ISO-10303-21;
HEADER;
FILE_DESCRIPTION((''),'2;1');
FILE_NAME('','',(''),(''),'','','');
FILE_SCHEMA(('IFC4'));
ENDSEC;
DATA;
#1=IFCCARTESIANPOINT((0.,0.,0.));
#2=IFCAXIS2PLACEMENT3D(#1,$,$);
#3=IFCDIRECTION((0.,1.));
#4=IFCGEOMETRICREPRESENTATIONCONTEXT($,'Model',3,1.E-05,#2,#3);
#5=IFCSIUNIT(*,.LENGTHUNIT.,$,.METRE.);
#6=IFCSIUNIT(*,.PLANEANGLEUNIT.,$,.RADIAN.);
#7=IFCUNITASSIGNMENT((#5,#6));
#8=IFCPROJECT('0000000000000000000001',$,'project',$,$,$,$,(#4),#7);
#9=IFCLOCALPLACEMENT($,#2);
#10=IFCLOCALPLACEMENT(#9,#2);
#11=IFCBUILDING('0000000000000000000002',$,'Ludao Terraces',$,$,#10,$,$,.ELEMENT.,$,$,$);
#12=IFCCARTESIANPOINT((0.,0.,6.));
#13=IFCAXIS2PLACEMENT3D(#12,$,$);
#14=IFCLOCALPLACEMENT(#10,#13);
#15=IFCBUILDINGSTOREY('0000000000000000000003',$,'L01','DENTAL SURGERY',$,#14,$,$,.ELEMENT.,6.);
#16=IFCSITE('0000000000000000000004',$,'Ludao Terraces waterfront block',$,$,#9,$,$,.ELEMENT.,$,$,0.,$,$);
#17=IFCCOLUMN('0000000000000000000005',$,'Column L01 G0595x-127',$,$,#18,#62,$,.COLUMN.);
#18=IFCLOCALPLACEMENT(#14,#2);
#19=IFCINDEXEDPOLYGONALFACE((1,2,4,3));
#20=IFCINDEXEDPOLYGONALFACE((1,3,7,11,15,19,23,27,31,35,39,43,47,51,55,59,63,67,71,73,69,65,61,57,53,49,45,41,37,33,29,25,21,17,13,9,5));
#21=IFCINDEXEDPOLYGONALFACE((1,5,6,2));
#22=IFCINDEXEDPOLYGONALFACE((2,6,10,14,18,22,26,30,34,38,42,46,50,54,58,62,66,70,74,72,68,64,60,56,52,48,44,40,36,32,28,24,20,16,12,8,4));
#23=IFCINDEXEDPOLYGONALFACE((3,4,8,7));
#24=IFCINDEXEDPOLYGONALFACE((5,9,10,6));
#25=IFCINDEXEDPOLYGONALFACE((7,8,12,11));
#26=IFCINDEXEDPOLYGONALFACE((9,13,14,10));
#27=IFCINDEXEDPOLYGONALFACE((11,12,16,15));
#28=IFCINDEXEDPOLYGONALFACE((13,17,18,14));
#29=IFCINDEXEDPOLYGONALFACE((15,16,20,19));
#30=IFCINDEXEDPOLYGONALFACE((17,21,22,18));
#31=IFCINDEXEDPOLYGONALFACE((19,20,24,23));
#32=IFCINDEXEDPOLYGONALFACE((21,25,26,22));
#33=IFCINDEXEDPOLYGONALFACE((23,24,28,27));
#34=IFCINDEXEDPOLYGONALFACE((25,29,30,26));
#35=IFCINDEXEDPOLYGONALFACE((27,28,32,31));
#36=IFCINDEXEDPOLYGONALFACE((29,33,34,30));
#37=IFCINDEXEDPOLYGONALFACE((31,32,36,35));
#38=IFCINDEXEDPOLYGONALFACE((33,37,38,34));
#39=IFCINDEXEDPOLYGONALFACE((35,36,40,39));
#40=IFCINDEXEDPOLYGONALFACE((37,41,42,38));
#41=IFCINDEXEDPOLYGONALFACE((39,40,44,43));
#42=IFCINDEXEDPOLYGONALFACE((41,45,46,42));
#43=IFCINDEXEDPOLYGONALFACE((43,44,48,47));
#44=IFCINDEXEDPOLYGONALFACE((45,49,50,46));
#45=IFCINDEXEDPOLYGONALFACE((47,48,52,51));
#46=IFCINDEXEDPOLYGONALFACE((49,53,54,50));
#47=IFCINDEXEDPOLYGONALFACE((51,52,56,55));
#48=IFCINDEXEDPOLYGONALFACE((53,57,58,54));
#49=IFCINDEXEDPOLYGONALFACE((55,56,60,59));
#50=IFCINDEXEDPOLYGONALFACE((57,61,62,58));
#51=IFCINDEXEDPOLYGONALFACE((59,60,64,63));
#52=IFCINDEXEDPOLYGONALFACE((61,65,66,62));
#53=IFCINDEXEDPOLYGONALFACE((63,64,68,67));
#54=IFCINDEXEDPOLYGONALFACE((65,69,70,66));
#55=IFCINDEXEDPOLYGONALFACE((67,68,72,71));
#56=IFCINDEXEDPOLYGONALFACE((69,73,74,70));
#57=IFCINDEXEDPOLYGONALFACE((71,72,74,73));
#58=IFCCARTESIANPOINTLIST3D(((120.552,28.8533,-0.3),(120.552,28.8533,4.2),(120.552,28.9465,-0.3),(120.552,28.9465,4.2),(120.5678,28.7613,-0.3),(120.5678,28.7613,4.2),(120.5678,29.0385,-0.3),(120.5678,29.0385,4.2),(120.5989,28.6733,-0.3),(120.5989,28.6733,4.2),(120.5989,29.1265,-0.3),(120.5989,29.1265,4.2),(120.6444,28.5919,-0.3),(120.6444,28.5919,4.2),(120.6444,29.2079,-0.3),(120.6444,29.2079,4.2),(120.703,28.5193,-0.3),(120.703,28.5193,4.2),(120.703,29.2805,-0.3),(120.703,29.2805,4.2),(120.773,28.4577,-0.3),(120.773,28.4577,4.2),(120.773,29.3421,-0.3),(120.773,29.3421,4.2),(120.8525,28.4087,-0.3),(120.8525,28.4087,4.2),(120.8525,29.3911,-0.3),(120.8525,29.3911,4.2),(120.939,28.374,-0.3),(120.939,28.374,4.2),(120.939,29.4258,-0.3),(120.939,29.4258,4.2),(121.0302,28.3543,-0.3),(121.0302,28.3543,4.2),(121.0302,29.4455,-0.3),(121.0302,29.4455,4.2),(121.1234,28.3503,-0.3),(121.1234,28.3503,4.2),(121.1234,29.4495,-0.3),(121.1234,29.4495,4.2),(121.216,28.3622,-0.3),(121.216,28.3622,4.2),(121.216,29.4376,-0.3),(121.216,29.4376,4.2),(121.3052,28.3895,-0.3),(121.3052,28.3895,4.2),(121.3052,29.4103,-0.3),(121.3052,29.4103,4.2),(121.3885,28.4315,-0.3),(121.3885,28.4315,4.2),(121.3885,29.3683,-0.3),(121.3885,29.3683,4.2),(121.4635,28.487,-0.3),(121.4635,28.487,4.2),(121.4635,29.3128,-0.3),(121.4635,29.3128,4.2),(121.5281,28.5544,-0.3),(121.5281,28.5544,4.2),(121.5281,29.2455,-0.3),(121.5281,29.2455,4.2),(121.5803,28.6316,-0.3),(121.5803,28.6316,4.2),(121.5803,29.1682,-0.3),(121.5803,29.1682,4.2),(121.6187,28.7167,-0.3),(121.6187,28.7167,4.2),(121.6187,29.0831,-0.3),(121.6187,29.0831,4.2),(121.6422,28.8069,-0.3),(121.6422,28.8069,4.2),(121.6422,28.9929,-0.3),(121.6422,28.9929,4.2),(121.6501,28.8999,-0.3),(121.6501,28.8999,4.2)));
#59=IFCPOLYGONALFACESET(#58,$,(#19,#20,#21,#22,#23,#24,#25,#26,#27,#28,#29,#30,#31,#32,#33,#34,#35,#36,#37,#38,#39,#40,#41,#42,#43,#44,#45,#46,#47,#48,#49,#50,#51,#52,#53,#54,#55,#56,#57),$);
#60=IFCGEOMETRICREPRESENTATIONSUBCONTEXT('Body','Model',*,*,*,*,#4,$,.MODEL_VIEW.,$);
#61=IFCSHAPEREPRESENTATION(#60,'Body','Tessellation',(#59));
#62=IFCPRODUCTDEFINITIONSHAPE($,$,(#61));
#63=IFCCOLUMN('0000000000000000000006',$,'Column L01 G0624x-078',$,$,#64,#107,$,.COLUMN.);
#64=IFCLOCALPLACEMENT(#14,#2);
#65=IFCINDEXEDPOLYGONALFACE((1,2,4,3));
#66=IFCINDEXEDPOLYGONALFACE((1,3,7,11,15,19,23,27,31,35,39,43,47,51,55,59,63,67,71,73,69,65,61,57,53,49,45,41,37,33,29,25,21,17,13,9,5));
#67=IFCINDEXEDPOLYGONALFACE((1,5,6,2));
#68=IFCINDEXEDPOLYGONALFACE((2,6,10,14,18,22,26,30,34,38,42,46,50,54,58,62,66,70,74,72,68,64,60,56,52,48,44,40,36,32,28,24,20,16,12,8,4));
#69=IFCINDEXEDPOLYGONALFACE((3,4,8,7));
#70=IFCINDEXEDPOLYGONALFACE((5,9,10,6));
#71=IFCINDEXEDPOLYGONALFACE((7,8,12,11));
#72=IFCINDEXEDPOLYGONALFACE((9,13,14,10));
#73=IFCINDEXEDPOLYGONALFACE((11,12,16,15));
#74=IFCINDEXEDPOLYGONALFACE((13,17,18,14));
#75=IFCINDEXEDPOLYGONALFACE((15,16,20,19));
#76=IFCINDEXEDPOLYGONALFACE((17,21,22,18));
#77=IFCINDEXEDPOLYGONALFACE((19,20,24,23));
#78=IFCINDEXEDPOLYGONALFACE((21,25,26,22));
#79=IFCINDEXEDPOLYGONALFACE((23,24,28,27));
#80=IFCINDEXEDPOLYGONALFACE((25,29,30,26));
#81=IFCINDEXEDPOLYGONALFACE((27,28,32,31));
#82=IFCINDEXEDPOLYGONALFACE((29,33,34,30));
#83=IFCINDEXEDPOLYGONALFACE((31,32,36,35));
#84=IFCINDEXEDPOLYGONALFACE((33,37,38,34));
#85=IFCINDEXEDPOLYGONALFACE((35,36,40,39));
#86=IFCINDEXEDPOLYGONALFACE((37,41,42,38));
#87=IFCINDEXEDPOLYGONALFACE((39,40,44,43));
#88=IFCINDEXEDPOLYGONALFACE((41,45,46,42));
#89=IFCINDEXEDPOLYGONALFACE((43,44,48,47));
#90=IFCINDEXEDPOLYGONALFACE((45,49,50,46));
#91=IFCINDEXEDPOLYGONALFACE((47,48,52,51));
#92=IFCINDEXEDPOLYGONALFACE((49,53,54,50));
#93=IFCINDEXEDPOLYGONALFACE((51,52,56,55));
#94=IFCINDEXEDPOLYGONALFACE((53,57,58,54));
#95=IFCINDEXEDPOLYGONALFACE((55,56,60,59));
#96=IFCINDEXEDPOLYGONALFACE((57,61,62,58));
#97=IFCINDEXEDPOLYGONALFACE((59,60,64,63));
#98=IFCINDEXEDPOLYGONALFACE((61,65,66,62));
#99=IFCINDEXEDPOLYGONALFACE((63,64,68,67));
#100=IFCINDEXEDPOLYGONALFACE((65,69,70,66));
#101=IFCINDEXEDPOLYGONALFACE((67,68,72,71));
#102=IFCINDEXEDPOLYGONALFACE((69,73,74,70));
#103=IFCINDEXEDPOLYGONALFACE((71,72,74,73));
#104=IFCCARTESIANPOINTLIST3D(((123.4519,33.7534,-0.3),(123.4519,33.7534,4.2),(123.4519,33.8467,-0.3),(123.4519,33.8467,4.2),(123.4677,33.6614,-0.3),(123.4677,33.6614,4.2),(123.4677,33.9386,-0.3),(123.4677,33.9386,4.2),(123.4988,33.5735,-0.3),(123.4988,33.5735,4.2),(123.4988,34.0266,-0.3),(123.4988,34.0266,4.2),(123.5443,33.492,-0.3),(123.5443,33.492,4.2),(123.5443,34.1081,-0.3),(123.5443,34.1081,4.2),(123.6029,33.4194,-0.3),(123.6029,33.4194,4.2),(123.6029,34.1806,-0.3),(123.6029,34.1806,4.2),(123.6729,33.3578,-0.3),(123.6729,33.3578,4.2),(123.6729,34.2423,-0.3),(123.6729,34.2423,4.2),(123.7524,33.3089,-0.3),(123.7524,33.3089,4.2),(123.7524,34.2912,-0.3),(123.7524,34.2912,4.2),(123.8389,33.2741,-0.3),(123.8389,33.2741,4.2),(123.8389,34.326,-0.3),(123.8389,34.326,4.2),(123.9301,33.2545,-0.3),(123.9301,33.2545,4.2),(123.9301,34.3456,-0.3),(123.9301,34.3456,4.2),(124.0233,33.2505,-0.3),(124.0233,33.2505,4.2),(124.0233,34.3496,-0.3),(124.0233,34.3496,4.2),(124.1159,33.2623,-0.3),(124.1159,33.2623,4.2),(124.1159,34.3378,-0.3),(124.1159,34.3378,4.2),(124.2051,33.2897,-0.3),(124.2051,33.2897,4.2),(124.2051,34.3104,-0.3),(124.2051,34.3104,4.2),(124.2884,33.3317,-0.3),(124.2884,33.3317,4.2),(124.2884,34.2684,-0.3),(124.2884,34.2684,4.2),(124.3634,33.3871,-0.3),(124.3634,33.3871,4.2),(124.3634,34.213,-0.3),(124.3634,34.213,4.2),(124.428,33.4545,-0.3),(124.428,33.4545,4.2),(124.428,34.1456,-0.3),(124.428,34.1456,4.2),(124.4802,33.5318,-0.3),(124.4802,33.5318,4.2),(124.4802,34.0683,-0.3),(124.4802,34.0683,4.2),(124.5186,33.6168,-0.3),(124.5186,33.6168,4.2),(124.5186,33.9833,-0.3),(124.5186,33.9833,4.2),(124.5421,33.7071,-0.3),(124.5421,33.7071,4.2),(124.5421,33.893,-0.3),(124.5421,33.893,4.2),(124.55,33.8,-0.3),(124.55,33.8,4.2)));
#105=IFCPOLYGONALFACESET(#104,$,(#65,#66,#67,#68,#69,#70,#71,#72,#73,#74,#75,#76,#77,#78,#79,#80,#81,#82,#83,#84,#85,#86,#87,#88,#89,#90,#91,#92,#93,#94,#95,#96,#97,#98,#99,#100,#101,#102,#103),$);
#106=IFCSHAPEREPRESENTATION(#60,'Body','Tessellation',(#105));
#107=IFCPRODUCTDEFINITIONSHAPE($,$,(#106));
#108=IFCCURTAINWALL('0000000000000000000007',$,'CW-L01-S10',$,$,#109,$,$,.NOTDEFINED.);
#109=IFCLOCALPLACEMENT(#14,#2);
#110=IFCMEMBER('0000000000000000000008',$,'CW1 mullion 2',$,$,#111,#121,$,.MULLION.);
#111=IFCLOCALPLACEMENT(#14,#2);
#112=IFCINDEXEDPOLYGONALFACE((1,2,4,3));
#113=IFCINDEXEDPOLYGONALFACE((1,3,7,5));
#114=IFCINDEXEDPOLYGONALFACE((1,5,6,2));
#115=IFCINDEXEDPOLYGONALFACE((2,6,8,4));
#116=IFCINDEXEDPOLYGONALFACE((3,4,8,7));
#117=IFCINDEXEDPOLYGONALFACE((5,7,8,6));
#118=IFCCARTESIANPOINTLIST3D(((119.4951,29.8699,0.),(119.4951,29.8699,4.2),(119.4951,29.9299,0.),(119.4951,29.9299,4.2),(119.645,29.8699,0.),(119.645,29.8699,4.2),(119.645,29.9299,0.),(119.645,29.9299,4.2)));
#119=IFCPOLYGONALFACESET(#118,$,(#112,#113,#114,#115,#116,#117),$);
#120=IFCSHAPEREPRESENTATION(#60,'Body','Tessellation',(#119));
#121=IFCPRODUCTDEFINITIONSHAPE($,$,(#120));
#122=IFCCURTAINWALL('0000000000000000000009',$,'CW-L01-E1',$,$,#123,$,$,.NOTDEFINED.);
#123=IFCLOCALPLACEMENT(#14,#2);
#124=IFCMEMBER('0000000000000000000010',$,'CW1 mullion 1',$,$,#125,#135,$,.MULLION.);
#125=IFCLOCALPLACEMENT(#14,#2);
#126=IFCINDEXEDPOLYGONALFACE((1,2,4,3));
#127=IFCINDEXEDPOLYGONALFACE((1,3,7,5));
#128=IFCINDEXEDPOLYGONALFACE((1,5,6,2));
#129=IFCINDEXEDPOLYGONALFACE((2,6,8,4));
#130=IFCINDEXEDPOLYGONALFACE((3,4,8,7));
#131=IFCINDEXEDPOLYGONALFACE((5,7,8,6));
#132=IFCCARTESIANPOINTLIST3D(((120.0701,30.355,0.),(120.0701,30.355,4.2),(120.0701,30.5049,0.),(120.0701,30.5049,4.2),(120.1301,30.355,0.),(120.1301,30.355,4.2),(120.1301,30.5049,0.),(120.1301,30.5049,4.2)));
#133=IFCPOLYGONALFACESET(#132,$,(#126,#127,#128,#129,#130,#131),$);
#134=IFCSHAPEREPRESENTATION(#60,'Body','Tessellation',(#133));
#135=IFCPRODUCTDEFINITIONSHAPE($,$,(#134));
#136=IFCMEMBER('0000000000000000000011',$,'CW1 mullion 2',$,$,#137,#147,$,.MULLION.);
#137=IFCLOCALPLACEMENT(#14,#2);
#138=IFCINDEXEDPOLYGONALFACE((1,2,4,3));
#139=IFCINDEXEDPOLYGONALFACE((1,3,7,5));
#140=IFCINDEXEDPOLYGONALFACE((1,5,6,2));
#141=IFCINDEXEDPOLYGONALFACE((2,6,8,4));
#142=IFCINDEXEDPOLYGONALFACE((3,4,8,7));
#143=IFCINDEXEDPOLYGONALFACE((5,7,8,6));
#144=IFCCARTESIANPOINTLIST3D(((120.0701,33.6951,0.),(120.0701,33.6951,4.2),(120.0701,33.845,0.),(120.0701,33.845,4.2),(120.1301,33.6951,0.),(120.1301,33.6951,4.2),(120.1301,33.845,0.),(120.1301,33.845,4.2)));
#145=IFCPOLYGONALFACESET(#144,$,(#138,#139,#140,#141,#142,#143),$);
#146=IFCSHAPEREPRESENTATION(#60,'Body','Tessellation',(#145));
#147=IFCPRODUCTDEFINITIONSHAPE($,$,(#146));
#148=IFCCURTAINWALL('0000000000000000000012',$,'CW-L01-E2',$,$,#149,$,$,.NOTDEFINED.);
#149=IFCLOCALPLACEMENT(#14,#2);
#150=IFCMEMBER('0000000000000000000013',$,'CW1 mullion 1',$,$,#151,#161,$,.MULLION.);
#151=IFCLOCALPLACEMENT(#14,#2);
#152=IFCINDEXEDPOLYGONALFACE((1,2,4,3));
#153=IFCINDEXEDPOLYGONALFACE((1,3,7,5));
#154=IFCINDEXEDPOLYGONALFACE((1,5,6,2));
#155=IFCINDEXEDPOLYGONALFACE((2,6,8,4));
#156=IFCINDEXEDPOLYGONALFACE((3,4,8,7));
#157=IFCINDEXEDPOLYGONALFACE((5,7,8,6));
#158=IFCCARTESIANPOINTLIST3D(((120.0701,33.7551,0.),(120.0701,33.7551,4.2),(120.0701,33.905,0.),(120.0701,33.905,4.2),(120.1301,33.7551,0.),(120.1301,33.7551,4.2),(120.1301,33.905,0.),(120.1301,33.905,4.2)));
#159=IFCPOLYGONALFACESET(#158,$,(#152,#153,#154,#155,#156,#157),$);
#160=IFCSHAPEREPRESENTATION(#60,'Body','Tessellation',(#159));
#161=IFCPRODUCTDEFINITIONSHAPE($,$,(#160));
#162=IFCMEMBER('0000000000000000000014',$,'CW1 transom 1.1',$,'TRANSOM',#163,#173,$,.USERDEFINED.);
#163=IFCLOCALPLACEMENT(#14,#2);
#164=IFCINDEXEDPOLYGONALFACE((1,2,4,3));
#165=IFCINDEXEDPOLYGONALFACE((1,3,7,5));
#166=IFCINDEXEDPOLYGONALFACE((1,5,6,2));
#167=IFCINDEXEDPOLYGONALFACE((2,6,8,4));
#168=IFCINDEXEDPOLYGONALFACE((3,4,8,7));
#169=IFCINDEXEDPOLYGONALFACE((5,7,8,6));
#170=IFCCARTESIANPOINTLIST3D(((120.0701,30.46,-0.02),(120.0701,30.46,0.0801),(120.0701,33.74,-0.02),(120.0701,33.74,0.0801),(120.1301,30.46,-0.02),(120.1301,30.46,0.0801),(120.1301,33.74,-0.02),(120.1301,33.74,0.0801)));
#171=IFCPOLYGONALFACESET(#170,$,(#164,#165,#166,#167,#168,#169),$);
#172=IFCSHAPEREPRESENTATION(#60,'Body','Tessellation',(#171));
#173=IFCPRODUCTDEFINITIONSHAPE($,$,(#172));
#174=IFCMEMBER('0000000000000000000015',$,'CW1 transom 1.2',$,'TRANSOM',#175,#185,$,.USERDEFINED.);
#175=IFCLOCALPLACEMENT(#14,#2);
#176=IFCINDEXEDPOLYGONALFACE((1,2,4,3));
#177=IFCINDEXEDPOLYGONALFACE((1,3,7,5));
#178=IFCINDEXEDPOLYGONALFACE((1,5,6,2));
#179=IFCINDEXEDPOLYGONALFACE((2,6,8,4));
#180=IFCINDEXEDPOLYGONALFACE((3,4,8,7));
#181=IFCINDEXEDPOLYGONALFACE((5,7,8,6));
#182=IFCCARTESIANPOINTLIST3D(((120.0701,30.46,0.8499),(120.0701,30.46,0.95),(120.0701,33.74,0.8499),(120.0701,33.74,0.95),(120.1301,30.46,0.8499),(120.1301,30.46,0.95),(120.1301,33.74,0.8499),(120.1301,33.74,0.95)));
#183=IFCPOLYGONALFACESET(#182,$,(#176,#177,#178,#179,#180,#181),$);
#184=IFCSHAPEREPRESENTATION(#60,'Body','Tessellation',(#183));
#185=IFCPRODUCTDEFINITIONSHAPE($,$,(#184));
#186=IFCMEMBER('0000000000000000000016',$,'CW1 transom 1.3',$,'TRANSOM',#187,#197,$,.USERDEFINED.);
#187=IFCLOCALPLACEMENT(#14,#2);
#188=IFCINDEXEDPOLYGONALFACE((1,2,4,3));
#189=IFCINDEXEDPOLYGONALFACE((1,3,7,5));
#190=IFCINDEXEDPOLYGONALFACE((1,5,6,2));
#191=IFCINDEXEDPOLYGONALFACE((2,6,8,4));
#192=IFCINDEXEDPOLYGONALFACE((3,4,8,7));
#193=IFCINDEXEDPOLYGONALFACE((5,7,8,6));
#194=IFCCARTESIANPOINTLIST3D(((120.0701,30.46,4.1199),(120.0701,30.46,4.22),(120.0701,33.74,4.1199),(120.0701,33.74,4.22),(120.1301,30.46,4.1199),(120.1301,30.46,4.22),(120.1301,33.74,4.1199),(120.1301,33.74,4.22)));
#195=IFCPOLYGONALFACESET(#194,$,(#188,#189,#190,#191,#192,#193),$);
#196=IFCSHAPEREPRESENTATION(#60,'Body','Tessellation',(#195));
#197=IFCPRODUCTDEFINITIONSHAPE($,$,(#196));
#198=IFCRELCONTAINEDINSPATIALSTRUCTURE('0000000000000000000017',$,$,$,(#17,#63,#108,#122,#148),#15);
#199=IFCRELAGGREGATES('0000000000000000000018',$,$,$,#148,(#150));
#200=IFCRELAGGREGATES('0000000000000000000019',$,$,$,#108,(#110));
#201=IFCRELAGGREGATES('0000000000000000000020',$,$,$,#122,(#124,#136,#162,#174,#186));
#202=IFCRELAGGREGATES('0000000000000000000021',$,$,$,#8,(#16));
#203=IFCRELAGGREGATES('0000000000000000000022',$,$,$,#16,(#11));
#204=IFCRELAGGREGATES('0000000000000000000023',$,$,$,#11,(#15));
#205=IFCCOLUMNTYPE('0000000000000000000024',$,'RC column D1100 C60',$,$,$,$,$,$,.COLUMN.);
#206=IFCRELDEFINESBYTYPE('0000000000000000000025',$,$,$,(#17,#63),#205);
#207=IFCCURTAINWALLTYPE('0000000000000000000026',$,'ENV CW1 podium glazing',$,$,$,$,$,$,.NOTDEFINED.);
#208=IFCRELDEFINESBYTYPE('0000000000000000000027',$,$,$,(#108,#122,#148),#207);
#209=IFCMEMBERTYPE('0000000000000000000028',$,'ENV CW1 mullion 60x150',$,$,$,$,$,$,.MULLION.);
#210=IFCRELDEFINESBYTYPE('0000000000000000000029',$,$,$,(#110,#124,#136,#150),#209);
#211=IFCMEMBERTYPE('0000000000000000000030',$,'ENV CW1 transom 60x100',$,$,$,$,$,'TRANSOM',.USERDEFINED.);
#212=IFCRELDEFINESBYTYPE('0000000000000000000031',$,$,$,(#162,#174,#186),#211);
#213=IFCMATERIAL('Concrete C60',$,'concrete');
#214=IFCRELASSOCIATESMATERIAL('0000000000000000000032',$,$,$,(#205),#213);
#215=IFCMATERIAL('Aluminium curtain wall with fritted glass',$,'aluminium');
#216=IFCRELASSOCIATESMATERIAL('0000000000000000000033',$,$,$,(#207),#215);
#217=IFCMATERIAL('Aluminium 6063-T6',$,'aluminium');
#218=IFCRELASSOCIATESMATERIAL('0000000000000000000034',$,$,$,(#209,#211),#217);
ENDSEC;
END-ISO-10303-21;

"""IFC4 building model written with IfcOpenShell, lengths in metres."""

from ifc_helpers import new_model, si_unit, direction, frame, origin, origin_2d, place, context, subcontext, project, spatial, rectangle, circle, extrude, material, material_profile, profile_set, type_object, element, aggregate, save


model = new_model("IFC4")

# Units and contexts
model_context = context("Model", 3, precision=1e-05, world=origin(), true_north=direction((0.0, 1.0)))
body_context = subcontext(model_context, "Body", "Model", "MODEL_VIEW")
ifc_project = project(units=[si_unit("LENGTHUNIT", "METRE"), si_unit("PLANEANGLEUNIT", "RADIAN")], contexts=[model_context])

# Site, building, storey
site_placement = place(None, origin())
site = spatial("IfcSite", under=ifc_project, at=site_placement, Name="Ludao Terraces waterfront block", CompositionType="ELEMENT", RefElevation=0.0)
building_placement = place(site_placement, origin())
building = spatial("IfcBuilding", under=site, at=building_placement, Name="Ludao Terraces", CompositionType="ELEMENT")
storey_placement = place(building_placement, frame((0.0, 0.0, 6.0)))
storey = spatial("IfcBuildingStorey", under=building, at=storey_placement, Name="L01", Description="DENTAL SURGERY", CompositionType="ELEMENT", Elevation=6.0)

# Columns
ifc_material_1 = material(Name="Concrete C60", Category="concrete")
ifc_material_profile_1 = material_profile(ifc_material_1, circle(Radius=0.55, at=origin_2d()), Name="D1100")
ifc_profile_set_1 = profile_set([ifc_material_profile_1], Name="Concrete C60")
column_type = type_object("IfcColumnType", Name="RC column D1100 C60", PredefinedType="COLUMN", material=ifc_profile_set_1)
for number, where, z_axis, x_axis, name in (
    (1, (121.1001, 28.8999, -0.3), (0.0, 0.0, 1.0), (1.0, 0.0, 0.0), "Column L01 G0595x-127"),
    (2, (124.0, 33.8, -0.3), (0.0, 0.0, 1.0), (1.0, 0.0, 0.0), "Column L01 G0624x-078"),
):
    element("IfcColumn", number, at=place(storey_placement, frame(where, z_axis=z_axis, x_axis=x_axis)), inside=storey, type_object=column_type, Name=name, PredefinedType="COLUMN", context=body_context, shape_type="SweptSolid", body=[
        extrude(circle(Radius=0.55, at=origin_2d()), origin(), (0.0, 0.0, 1.0), 4.5),
    ])

# Curtain wall, member
ifc_material_2 = material(Name="Aluminium curtain wall with fritted glass", Category="aluminium")
curtain_wall_type = type_object("IfcCurtainWallType", Name="ENV CW1 podium glazing", PredefinedType="NOTDEFINED", material=ifc_material_2)
curtain_wall_1_placement = place(storey_placement, origin())
curtain_wall_1 = element("IfcCurtainWall", 3, at=curtain_wall_1_placement, inside=storey, type_object=curtain_wall_type, Name="CW-L01-S10", PredefinedType="NOTDEFINED")
ifc_material_3 = material(Name="Aluminium 6063-T6", Category="aluminium")
ifc_material_profile_2 = material_profile(ifc_material_3, rectangle(XDim=0.0601, YDim=0.1499, at=origin_2d()), Name="60 X 150")
ifc_profile_set_2 = profile_set([ifc_material_profile_2], Name="Aluminium 6063-T6")
member_type_1 = type_object("IfcMemberType", Name="ENV CW1 mullion 60x150", PredefinedType="MULLION", material=ifc_profile_set_2)
member_1_placement = place(storey_placement, frame((119.5701, 29.8999, 0.0), z_axis=(0.0, 0.0, 1.0), x_axis=(0.0, 1.0, 0.0)))
member_1 = element("IfcMember", 4, at=member_1_placement, type_object=member_type_1, Name="CW1 mullion 2", PredefinedType="MULLION", context=body_context, shape_type="SweptSolid", body=[
    extrude(rectangle(XDim=0.0601, YDim=0.1499, at=origin_2d()), origin(), (0.0, 0.0, 1.0), 4.2),
])

# Curtain wall, members
curtain_wall_2_placement = place(storey_placement, origin())
curtain_wall_2 = element("IfcCurtainWall", 5, at=curtain_wall_2_placement, inside=storey, type_object=curtain_wall_type, Name="CW-L01-E1", PredefinedType="NOTDEFINED")
member_2_placement = place(storey_placement, frame((120.1001, 30.4299, 0.0), z_axis=(0.0, 0.0, 1.0), x_axis=(-1.0, 0.0, 0.0)))
member_2 = element("IfcMember", 6, at=member_2_placement, type_object=member_type_1, Name="CW1 mullion 1", PredefinedType="MULLION", context=body_context, shape_type="SweptSolid", body=[
    extrude(rectangle(XDim=0.0601, YDim=0.1499, at=origin_2d()), origin(), (0.0, 0.0, 1.0), 4.2),
])
member_3_placement = place(storey_placement, frame((120.1001, 33.77, 0.0), z_axis=(0.0, 0.0, 1.0), x_axis=(-1.0, 0.0, 0.0)))
member_3 = element("IfcMember", 7, at=member_3_placement, type_object=member_type_1, Name="CW1 mullion 2", PredefinedType="MULLION", context=body_context, shape_type="SweptSolid", body=[
    extrude(rectangle(XDim=0.0601, YDim=0.1499, at=origin_2d()), origin(), (0.0, 0.0, 1.0), 4.2),
])

# Curtain wall, member
curtain_wall_3_placement = place(storey_placement, origin())
curtain_wall_3 = element("IfcCurtainWall", 8, at=curtain_wall_3_placement, inside=storey, type_object=curtain_wall_type, Name="CW-L01-E2", PredefinedType="NOTDEFINED")
member_4_placement = place(storey_placement, frame((120.1001, 33.8301, 0.0), z_axis=(0.0, 0.0, 1.0), x_axis=(-1.0, 0.0, 0.0)))
member_4 = element("IfcMember", 9, at=member_4_placement, type_object=member_type_1, Name="CW1 mullion 1", PredefinedType="MULLION", context=body_context, shape_type="SweptSolid", body=[
    extrude(rectangle(XDim=0.0601, YDim=0.1499, at=origin_2d()), origin(), (0.0, 0.0, 1.0), 4.2),
])

# Members
ifc_material_profile_3 = material_profile(ifc_material_3, rectangle(XDim=0.0601, YDim=0.1001, at=origin_2d()), Name="60 X 100")
ifc_profile_set_3 = profile_set([ifc_material_profile_3], Name="Aluminium 6063-T6")
member_type_2 = type_object("IfcMemberType", Name="ENV CW1 transom 60x100", ElementType="TRANSOM", PredefinedType="USERDEFINED", material=ifc_profile_set_3)
member_5_placement = place(storey_placement, frame((120.1001, 30.46, 0.03), z_axis=(0.0, 1.0, 0.0), x_axis=(-1.0, 0.0, 0.0)))
member_5 = element("IfcMember", 10, at=member_5_placement, type_object=member_type_2, Name="CW1 transom 1.1", ObjectType="TRANSOM", PredefinedType="USERDEFINED", context=body_context, shape_type="SweptSolid", body=[
    extrude(rectangle(XDim=0.0601, YDim=0.1001, at=origin_2d()), origin(), (0.0, 0.0, 1.0), 3.28),
])
member_6_placement = place(storey_placement, frame((120.1001, 30.46, 0.8999), z_axis=(0.0, 1.0, 0.0), x_axis=(-1.0, 0.0, 0.0)))
member_6 = element("IfcMember", 11, at=member_6_placement, type_object=member_type_2, Name="CW1 transom 1.2", ObjectType="TRANSOM", PredefinedType="USERDEFINED", context=body_context, shape_type="SweptSolid", body=[
    extrude(rectangle(XDim=0.0601, YDim=0.1001, at=origin_2d()), origin(), (0.0, 0.0, 1.0), 3.28),
])
member_7_placement = place(storey_placement, frame((120.1001, 30.46, 4.1699), z_axis=(0.0, 1.0, 0.0), x_axis=(-1.0, 0.0, 0.0)))
member_7 = element("IfcMember", 12, at=member_7_placement, type_object=member_type_2, Name="CW1 transom 1.3", ObjectType="TRANSOM", PredefinedType="USERDEFINED", context=body_context, shape_type="SweptSolid", body=[
    extrude(rectangle(XDim=0.0601, YDim=0.1001, at=origin_2d()), origin(), (0.0, 0.0, 1.0), 3.28),
])
aggregate(curtain_wall_3, [member_4])

aggregate(curtain_wall_1, [member_1])
aggregate(curtain_wall_2, [member_2, member_3, member_5, member_6, member_7])

save(model, "model.ifc")
